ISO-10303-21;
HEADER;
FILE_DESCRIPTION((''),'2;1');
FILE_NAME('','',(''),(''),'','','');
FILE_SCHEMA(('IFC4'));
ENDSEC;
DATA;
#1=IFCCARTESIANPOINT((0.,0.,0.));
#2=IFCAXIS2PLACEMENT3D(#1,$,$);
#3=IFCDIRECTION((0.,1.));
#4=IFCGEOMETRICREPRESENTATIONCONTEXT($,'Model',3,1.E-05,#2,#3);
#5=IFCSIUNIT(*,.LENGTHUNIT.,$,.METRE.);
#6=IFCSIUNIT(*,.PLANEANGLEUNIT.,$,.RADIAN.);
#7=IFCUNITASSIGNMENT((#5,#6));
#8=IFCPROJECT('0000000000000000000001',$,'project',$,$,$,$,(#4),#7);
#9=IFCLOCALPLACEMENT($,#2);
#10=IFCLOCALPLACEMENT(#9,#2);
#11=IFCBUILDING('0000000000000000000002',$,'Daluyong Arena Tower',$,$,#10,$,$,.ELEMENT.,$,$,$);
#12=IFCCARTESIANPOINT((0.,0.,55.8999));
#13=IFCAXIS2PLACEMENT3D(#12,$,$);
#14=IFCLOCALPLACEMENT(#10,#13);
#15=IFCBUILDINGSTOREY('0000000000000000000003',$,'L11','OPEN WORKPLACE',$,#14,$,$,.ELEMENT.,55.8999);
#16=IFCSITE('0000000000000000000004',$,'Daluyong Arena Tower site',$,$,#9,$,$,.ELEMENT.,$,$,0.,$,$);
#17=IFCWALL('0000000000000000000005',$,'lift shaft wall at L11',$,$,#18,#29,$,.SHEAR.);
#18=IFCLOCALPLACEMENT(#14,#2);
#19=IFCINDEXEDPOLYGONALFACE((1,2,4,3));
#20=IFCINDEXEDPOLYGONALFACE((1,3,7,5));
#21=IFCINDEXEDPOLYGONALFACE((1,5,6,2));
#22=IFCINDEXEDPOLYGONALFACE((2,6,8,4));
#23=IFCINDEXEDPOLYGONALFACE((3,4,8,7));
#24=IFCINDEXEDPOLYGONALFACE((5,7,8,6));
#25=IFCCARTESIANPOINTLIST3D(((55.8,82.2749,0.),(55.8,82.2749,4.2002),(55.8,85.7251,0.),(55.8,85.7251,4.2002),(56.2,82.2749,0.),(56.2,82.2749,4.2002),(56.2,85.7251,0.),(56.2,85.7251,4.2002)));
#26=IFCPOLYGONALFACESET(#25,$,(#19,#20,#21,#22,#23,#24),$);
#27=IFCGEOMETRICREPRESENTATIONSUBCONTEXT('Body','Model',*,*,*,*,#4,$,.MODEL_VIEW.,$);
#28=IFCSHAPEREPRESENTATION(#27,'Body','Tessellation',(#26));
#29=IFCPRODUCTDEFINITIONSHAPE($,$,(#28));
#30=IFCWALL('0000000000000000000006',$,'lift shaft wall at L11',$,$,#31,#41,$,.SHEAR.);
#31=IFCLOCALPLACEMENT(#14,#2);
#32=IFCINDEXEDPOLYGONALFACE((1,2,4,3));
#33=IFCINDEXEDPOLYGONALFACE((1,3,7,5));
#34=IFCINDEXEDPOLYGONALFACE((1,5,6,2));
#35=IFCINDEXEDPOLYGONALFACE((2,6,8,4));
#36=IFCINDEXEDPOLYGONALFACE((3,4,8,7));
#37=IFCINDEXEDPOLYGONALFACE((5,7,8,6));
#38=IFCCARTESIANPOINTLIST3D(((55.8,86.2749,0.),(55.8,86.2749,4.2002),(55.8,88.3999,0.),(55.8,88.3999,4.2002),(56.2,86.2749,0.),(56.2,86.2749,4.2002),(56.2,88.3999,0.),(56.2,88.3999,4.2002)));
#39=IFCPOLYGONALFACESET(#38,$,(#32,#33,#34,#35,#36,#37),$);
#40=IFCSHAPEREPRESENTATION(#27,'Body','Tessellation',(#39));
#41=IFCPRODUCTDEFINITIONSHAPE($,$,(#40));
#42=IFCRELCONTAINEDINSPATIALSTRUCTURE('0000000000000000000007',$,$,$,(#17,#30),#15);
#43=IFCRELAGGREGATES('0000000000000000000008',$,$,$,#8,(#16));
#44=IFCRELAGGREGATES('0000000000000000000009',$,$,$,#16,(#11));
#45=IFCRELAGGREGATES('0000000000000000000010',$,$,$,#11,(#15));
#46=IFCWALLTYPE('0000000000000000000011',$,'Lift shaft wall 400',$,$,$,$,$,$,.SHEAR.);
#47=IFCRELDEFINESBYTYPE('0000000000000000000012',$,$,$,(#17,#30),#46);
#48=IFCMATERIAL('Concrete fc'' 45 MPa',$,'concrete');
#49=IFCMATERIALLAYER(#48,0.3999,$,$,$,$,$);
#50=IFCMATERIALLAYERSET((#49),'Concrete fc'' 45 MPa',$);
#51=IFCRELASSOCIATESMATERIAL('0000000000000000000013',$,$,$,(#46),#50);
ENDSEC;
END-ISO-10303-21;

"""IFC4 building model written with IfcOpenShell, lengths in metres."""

from ifc_helpers import new_model, si_unit, direction, frame, frame_2d, origin, place, context, subcontext, project, spatial, rectangle, extrude, material, layer, layer_set, type_object, element, save


model = new_model("IFC4")

# Units and contexts
model_context = context("Model", 3, precision=1e-05, world=origin(), true_north=direction((0.0, 1.0)))
body_context = subcontext(model_context, "Body", "Model", "MODEL_VIEW")
ifc_project = project(units=[si_unit("LENGTHUNIT", "METRE"), si_unit("PLANEANGLEUNIT", "RADIAN")], contexts=[model_context])

# Site, building, storey
site_placement = place(None, origin())
site = spatial("IfcSite", under=ifc_project, at=site_placement, Name="Daluyong Arena Tower site", CompositionType="ELEMENT", RefElevation=0.0)
building_placement = place(site_placement, origin())
building = spatial("IfcBuilding", under=site, at=building_placement, Name="Daluyong Arena Tower", CompositionType="ELEMENT")
storey_placement = place(building_placement, frame((0.0, 0.0, 55.8999)))
storey = spatial("IfcBuildingStorey", under=building, at=storey_placement, Name="L11", Description="OPEN WORKPLACE", CompositionType="ELEMENT", Elevation=55.8999)

# Walls
ifc_material_1 = material(Name="Concrete fc' 45 MPa", Category="concrete")
ifc_layer_1 = layer(ifc_material_1, 0.3999)
ifc_layer_set_1 = layer_set([ifc_layer_1], Name="Concrete fc' 45 MPa")
wall_type_1 = type_object("IfcWallType", Name="Lift shaft wall 400", PredefinedType="SHEAR", material=ifc_layer_set_1)
for number, where, z_axis, x_axis, name in (
    (1, (56.0, 82.2749, 0.0), (0.0, 0.0, 1.0), (0.0, 1.0, 0.0), "lift shaft wall at L11"),
):
    element("IfcWall", number, at=place(storey_placement, frame(where, z_axis=z_axis, x_axis=x_axis)), inside=storey, type_object=wall_type_1, Name=name, PredefinedType="SHEAR", context=body_context, shape_type="SweptSolid", body=[
        extrude(rectangle(XDim=3.4502, YDim=0.3999, at=frame_2d((1.7251, 0.0))), origin(), (0.0, 0.0, 1.0), 4.2002),
    ])
wall_1_placement = place(storey_placement, frame((56.0, 86.2749, 0.0), z_axis=(0.0, 0.0, 1.0), x_axis=(0.0, 1.0, 0.0)))
element("IfcWall", 2, at=wall_1_placement, inside=storey, type_object=wall_type_1, Name="lift shaft wall at L11", PredefinedType="SHEAR", context=body_context, shape_type="SweptSolid", body=[
    extrude(rectangle(XDim=2.125, YDim=0.3999, at=frame_2d((1.0625, 0.0))), origin(), (0.0, 0.0, 1.0), 4.2002),
])

save(model, "model.ifc")
